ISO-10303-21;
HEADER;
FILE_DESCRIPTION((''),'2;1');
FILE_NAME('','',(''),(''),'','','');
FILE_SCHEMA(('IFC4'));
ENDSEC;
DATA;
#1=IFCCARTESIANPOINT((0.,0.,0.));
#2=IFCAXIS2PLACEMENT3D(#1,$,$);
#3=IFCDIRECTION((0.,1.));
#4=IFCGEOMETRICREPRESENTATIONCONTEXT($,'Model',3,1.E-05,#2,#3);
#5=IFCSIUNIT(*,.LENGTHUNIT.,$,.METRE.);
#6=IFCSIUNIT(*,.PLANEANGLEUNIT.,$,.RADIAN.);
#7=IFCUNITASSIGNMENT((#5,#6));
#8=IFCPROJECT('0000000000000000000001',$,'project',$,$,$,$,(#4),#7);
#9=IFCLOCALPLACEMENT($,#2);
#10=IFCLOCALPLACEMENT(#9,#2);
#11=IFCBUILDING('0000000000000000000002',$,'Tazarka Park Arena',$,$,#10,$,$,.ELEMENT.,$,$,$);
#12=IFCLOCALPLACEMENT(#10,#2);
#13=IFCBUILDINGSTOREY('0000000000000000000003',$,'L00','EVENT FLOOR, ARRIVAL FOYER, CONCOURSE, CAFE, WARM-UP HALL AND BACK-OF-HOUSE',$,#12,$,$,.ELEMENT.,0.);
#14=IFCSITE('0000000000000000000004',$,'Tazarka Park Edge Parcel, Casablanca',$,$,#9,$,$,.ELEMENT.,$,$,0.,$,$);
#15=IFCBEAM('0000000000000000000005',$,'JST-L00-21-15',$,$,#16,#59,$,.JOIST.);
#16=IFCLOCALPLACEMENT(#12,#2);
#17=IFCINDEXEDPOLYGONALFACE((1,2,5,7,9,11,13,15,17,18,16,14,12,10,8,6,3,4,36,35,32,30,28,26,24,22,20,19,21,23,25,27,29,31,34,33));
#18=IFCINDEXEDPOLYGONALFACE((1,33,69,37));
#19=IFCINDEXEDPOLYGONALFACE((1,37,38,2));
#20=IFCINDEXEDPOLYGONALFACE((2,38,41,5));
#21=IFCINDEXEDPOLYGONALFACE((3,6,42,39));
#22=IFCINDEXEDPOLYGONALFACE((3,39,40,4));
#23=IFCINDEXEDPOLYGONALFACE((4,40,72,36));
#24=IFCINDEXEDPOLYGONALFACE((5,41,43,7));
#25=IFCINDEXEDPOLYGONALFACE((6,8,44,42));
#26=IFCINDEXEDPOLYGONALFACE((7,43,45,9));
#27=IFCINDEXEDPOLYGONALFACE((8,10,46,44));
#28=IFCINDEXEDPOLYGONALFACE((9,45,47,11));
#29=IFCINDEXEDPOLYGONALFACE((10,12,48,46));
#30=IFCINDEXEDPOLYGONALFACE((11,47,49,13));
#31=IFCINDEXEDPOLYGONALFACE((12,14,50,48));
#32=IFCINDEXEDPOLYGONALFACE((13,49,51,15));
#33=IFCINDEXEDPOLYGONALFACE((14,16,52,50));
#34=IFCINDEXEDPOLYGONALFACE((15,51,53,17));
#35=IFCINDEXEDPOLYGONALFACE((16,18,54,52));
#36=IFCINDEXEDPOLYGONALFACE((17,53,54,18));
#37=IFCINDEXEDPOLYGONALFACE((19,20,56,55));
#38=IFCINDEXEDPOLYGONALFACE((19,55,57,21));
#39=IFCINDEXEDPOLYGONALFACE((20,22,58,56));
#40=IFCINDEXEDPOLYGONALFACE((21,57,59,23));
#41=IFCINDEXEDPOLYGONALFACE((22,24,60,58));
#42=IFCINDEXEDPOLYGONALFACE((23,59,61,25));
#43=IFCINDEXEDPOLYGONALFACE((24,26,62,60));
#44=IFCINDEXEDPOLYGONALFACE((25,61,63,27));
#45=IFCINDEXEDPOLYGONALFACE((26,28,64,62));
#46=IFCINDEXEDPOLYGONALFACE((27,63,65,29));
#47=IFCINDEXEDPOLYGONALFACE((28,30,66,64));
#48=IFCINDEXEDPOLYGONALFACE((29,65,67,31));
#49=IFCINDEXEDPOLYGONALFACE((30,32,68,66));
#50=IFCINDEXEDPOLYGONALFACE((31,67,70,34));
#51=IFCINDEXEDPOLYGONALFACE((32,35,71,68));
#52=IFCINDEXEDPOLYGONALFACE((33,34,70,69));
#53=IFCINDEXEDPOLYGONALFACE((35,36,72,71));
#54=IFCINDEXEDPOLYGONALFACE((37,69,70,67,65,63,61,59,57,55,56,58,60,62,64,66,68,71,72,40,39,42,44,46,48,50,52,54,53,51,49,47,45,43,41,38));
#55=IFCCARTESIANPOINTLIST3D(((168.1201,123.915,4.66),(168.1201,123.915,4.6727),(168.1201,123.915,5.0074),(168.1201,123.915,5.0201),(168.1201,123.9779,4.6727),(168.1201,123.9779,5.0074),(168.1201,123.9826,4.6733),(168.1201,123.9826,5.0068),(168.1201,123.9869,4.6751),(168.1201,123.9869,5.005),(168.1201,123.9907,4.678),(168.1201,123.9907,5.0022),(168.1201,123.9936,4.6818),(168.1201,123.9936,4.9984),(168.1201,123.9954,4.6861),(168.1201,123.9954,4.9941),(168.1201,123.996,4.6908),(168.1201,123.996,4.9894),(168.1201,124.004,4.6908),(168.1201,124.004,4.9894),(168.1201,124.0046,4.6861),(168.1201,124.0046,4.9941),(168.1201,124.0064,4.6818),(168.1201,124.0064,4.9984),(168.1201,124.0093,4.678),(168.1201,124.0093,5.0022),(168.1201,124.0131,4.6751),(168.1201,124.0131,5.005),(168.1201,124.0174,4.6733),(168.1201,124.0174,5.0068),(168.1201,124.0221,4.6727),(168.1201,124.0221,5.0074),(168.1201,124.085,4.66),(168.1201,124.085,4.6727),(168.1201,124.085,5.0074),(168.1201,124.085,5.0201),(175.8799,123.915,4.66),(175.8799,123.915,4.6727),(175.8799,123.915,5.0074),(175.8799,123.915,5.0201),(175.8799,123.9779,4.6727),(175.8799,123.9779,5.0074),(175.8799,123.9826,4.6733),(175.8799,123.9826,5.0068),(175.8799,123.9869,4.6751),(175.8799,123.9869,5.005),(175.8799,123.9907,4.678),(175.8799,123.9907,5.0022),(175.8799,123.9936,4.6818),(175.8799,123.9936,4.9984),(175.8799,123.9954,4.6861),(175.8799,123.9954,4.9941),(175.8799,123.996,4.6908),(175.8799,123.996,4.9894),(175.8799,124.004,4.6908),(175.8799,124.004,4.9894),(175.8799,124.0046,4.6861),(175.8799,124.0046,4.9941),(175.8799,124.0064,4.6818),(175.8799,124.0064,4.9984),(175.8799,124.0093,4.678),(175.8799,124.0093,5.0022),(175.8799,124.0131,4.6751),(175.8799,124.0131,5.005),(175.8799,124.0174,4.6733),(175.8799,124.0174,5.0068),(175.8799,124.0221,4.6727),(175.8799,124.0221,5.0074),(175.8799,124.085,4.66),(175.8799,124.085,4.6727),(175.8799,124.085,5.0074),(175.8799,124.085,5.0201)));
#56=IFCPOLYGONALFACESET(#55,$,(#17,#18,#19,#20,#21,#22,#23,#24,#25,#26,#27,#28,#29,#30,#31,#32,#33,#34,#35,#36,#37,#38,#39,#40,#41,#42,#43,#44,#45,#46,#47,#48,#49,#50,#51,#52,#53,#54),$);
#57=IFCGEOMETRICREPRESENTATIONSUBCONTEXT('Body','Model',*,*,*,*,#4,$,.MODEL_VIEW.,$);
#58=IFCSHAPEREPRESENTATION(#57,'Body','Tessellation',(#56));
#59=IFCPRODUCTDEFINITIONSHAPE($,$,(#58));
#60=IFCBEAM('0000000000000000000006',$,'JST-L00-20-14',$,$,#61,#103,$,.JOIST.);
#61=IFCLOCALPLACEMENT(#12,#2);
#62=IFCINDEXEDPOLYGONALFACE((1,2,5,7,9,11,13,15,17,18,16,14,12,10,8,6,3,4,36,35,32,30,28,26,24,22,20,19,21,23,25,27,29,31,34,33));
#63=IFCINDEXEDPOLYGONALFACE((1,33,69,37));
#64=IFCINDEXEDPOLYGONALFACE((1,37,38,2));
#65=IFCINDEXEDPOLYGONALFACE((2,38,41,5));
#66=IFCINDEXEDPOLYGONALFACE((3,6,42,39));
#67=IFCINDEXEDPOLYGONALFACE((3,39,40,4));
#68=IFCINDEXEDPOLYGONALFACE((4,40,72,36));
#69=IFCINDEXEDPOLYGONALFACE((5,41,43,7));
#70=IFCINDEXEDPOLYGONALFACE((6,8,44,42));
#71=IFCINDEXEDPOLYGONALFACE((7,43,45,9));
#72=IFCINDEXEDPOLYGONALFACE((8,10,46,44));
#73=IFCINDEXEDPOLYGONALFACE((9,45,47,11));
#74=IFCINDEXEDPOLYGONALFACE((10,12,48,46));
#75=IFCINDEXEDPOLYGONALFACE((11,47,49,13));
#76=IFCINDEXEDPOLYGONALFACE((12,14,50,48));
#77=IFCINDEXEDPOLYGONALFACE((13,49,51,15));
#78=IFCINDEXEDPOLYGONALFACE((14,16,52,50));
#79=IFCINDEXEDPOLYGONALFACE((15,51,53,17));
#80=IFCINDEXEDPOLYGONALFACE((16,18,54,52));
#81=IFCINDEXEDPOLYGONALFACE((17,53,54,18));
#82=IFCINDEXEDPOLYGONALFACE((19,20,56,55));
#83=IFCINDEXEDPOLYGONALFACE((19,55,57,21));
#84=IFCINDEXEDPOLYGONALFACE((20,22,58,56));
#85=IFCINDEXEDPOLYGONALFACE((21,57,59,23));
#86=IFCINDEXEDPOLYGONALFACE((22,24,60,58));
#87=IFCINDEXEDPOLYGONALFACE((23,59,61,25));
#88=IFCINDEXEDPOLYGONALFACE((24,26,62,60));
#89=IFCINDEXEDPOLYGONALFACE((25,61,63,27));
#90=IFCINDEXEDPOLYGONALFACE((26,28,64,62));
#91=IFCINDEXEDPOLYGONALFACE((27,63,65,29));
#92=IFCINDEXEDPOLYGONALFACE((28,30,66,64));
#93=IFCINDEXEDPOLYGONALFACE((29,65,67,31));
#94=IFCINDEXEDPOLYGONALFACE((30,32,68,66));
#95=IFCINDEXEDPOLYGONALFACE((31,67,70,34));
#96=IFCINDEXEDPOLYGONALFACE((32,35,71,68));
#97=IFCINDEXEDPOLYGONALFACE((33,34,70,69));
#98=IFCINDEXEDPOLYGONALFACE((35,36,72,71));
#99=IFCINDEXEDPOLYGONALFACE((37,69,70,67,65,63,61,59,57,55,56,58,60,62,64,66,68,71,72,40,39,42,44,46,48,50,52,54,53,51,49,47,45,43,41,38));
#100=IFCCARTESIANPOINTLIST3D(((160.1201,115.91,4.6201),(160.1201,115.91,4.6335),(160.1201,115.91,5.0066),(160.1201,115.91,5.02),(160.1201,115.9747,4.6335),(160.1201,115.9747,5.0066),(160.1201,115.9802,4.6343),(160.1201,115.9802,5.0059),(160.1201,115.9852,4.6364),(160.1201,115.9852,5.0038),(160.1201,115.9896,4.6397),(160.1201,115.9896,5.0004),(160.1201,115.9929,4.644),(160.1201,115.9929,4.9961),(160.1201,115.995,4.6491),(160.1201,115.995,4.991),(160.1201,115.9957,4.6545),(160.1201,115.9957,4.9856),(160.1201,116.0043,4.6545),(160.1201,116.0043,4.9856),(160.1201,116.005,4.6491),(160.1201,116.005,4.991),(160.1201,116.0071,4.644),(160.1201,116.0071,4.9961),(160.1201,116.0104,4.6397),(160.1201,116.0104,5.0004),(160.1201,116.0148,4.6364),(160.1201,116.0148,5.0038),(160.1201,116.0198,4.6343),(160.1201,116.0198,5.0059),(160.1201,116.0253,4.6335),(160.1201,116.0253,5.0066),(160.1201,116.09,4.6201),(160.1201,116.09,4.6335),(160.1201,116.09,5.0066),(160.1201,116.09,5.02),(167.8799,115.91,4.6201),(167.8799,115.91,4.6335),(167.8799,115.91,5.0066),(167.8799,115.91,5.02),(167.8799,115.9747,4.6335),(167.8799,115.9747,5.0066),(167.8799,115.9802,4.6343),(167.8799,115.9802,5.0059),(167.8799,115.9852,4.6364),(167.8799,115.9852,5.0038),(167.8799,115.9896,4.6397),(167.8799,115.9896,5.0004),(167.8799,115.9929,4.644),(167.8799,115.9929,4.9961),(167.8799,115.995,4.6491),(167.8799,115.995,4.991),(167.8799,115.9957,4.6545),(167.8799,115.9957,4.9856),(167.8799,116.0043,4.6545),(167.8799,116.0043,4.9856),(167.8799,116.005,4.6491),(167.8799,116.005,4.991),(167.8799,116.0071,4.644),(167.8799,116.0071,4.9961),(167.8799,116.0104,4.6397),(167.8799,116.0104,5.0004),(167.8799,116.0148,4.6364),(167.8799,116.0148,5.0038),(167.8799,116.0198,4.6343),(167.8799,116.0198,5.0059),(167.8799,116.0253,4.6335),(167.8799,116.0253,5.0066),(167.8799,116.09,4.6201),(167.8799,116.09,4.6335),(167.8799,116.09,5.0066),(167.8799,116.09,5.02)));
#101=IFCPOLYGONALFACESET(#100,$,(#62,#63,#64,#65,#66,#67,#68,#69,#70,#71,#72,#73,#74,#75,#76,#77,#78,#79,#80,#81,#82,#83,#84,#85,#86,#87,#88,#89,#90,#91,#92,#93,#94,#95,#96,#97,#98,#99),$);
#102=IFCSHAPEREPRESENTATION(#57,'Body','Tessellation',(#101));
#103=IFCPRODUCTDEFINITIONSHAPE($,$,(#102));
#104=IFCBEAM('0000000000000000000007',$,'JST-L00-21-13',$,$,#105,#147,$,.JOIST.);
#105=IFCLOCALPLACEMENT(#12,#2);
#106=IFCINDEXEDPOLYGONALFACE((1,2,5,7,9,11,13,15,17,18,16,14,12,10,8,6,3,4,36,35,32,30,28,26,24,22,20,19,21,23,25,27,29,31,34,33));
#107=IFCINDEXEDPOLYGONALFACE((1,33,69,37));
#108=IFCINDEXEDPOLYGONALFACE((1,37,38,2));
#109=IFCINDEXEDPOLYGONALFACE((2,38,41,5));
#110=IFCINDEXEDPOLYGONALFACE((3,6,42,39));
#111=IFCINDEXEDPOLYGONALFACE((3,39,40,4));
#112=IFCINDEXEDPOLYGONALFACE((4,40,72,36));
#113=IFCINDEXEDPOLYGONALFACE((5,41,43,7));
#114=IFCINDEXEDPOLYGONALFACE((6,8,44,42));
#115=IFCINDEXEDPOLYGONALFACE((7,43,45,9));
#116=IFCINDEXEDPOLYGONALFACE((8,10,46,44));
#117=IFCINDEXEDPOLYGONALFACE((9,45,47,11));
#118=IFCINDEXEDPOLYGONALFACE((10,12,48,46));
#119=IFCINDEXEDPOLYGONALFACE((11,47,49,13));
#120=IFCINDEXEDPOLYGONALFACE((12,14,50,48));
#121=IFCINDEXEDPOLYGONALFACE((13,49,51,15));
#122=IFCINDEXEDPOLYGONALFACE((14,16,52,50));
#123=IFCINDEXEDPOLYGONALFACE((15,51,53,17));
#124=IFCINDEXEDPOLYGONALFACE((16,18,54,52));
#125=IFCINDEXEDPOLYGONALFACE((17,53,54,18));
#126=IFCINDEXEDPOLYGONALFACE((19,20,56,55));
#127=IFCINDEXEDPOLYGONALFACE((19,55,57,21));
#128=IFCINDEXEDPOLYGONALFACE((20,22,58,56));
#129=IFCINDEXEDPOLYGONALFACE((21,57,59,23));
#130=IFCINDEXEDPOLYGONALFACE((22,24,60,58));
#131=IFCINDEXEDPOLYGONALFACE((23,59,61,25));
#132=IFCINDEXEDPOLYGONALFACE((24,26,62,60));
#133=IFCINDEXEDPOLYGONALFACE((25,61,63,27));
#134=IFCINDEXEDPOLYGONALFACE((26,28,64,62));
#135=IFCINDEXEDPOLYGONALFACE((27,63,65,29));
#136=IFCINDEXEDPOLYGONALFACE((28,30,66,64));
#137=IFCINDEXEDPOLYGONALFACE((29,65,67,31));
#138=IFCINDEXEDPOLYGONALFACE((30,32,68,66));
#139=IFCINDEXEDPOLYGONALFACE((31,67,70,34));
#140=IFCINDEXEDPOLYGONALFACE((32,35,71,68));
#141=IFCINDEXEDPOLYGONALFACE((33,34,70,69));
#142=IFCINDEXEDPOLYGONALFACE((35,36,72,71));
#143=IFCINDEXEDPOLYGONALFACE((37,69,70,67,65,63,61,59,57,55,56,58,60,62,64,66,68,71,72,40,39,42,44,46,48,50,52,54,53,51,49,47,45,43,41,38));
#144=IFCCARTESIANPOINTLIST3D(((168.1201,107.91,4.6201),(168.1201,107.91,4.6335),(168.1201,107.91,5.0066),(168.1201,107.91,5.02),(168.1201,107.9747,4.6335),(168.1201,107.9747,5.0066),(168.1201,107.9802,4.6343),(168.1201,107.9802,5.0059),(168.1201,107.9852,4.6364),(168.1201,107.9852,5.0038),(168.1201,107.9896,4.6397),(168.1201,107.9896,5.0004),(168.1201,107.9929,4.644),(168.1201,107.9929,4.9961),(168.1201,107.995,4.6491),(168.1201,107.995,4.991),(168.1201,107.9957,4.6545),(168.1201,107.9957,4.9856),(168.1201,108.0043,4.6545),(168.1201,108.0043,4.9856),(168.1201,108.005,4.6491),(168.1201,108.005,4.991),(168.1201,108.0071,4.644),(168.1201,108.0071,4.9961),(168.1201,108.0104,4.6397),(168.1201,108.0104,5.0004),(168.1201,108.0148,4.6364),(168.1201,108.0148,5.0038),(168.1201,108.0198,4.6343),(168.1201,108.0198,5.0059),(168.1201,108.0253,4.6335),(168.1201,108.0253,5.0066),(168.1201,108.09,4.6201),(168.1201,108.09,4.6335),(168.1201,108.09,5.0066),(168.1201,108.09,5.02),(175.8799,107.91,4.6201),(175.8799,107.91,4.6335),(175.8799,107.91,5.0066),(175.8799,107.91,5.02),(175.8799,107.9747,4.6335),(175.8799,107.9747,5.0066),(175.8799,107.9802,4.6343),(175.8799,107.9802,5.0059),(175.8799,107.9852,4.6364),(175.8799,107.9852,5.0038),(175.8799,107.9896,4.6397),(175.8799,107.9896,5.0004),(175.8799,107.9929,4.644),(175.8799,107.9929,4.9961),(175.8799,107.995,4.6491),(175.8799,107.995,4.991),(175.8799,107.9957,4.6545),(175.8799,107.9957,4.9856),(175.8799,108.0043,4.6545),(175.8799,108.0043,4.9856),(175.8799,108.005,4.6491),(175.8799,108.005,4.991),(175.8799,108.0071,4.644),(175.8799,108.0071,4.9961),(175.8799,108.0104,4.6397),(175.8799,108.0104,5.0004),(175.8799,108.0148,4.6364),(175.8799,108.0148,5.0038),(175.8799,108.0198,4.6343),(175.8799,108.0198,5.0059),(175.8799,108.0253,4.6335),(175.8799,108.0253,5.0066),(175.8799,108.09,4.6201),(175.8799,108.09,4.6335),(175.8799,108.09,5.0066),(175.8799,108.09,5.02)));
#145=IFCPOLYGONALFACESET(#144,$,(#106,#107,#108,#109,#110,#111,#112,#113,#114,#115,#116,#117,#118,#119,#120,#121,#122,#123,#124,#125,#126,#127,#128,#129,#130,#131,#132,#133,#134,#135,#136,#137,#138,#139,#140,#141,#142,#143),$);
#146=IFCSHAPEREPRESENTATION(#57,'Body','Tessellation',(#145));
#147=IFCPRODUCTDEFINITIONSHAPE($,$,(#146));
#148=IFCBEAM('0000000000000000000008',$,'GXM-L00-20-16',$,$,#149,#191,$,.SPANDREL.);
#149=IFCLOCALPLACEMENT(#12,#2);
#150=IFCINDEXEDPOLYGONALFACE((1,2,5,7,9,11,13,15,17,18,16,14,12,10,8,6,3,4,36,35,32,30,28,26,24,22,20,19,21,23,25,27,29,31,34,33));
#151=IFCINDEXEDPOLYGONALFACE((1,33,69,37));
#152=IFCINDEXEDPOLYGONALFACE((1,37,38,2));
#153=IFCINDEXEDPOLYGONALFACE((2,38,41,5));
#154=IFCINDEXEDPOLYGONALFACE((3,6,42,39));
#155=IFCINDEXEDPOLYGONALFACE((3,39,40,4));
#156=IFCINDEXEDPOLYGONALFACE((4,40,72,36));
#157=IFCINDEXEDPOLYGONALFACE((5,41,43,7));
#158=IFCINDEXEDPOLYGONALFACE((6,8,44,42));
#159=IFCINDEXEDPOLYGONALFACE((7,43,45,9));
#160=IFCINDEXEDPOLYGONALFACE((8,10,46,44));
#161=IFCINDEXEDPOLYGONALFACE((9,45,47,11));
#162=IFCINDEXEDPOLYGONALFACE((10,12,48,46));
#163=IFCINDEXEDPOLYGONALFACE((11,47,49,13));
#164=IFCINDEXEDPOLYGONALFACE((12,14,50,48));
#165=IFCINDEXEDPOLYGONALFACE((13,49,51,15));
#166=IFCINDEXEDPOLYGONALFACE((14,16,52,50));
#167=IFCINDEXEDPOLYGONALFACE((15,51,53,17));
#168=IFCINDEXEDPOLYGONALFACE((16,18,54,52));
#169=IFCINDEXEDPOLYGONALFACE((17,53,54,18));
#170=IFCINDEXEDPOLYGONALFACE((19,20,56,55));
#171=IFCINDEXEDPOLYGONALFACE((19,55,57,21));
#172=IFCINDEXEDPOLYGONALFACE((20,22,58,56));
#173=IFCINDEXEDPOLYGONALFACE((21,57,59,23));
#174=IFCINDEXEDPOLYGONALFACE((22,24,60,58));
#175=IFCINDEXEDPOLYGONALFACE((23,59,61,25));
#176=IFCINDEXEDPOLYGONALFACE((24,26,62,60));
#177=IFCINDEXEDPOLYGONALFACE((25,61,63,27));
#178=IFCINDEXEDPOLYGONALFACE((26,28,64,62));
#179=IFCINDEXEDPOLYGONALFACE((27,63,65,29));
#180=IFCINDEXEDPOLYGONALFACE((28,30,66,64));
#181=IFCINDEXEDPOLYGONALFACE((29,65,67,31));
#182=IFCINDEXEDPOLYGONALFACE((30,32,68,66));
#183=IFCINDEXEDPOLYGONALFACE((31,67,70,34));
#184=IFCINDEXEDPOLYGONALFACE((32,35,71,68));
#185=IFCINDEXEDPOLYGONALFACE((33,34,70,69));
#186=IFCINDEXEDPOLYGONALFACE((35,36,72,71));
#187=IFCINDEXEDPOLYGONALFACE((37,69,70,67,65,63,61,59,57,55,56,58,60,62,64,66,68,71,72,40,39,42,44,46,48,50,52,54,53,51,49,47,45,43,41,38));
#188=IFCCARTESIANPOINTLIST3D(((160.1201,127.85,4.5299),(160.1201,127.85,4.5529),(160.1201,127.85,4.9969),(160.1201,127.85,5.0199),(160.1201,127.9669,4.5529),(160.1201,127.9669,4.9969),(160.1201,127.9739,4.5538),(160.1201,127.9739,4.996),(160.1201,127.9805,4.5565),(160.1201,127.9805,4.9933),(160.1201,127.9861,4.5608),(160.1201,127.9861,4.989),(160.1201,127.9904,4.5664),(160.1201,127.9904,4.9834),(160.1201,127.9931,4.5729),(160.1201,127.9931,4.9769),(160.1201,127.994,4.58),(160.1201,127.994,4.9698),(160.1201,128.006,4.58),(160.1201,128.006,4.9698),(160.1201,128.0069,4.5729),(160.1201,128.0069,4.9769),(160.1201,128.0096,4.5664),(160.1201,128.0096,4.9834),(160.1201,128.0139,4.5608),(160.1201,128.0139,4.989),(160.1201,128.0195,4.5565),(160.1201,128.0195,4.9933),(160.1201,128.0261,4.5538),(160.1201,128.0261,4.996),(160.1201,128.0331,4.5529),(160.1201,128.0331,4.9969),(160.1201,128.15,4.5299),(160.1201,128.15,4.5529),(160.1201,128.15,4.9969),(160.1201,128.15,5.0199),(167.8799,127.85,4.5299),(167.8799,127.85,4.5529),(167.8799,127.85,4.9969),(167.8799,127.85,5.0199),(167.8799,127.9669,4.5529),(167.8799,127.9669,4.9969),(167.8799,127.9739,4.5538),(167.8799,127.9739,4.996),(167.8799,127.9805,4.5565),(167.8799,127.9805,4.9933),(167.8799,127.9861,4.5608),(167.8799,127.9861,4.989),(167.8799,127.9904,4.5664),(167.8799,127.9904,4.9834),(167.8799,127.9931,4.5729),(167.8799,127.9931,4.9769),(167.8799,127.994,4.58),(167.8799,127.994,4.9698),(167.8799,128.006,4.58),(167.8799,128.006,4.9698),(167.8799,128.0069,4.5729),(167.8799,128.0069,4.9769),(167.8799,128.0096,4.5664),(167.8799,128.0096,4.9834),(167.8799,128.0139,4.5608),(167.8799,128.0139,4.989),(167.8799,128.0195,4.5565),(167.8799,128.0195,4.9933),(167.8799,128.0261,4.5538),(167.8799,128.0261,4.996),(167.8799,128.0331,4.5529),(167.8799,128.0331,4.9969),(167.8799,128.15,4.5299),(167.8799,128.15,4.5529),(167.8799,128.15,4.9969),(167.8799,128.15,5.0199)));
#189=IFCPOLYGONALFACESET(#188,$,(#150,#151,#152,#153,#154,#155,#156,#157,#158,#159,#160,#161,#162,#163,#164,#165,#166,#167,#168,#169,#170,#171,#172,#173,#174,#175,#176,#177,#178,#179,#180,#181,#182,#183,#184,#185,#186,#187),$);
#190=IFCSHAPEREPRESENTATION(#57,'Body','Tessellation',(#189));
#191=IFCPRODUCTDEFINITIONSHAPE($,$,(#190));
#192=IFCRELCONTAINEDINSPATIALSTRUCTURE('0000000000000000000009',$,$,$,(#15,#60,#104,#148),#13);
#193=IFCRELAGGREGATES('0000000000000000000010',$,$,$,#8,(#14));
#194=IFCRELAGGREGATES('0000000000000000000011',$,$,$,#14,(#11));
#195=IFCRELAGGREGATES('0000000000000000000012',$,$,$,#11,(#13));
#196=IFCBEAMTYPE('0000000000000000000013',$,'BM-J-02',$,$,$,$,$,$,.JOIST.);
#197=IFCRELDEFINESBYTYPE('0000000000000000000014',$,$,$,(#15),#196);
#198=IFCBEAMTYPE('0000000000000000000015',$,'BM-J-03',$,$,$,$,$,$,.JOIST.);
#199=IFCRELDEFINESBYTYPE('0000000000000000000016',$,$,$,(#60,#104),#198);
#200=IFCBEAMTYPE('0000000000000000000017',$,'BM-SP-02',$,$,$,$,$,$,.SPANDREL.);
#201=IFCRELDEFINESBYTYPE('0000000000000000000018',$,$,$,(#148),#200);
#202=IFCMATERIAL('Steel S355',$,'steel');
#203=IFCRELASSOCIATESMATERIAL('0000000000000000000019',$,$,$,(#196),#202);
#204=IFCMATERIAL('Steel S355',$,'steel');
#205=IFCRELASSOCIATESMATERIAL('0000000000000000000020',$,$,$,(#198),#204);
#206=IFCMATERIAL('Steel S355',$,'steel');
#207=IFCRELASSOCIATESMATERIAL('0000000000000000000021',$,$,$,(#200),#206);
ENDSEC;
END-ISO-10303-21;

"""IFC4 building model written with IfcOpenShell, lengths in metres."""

from ifc_helpers import new_model, si_unit, direction, frame, origin, origin_2d, place, context, subcontext, project, spatial, i_section, extrude, material, material_profile, profile_set, type_object, element, save


model = new_model("IFC4")

# Units and contexts
model_context = context("Model", 3, precision=1e-05, world=origin(), true_north=direction((0.0, 1.0)))
body_context = subcontext(model_context, "Body", "Model", "MODEL_VIEW")
ifc_project = project(units=[si_unit("LENGTHUNIT", "METRE"), si_unit("PLANEANGLEUNIT", "RADIAN")], contexts=[model_context])

# Site, building, storey
site_placement = place(None, origin())
site = spatial("IfcSite", under=ifc_project, at=site_placement, Name="Tazarka Park Edge Parcel, Casablanca", CompositionType="ELEMENT", RefElevation=0.0)
building_placement = place(site_placement, origin())
building = spatial("IfcBuilding", under=site, at=building_placement, Name="Tazarka Park Arena", CompositionType="ELEMENT")
storey_placement = place(building_placement, origin())
storey = spatial("IfcBuildingStorey", under=building, at=storey_placement, Name="L00", Description="EVENT FLOOR, ARRIVAL FOYER, CONCOURSE, CAFE, WARM-UP HALL AND BACK-OF-HOUSE", CompositionType="ELEMENT", Elevation=0.0)

# Beams
ifc_material_1 = material(Name="Steel S355", Category="steel")
ifc_material_profile_1 = material_profile(ifc_material_1, i_section(OverallWidth=0.1699, OverallDepth=0.3601, WebThickness=0.0081, FlangeThickness=0.0127, FilletRadius=0.0181, at=origin_2d()), Name="Steel S355")
ifc_profile_set_1 = profile_set([ifc_material_profile_1], Name="Steel S355")
beam_type_1 = type_object("IfcBeamType", Name="BM-J-02", PredefinedType="JOIST", material=ifc_profile_set_1)
for number, where, z_axis, x_axis, name in (
    (1, (168.1201, 124.0, 4.8401), (1.0, 0.0, 0.0), (0.0, 1.0, 0.0), "JST-L00-21-15"),
):
    element("IfcBeam", number, at=place(storey_placement, frame(where, z_axis=z_axis, x_axis=x_axis)), inside=storey, type_object=beam_type_1, Name=name, PredefinedType="JOIST", context=body_context, shape_type="SweptSolid", body=[
        extrude(i_section(OverallWidth=0.1699, OverallDepth=0.3601, WebThickness=0.0081, FlangeThickness=0.0127, FilletRadius=0.0181, at=origin_2d()), origin(), (0.0, 0.0, 1.0), 7.7598),
    ])
ifc_material_2 = material(Name="Steel S355", Category="steel")
ifc_material_profile_2 = material_profile(ifc_material_2, i_section(OverallWidth=0.1799, OverallDepth=0.3999, WebThickness=0.0085, FlangeThickness=0.0134, FilletRadius=0.021, at=origin_2d()), Name="Steel S355")
ifc_profile_set_2 = profile_set([ifc_material_profile_2], Name="Steel S355")
beam_type_2 = type_object("IfcBeamType", Name="BM-J-03", PredefinedType="JOIST", material=ifc_profile_set_2)
for number, where, z_axis, x_axis, name in (
    (2, (160.1201, 116.0, 4.8201), (1.0, 0.0, 0.0), (0.0, 1.0, 0.0), "JST-L00-20-14"),
    (3, (168.1201, 108.0, 4.8201), (1.0, 0.0, 0.0), (0.0, 1.0, 0.0), "JST-L00-21-13"),
):
    element("IfcBeam", number, at=place(storey_placement, frame(where, z_axis=z_axis, x_axis=x_axis)), inside=storey, type_object=beam_type_2, Name=name, PredefinedType="JOIST", context=body_context, shape_type="SweptSolid", body=[
        extrude(i_section(OverallWidth=0.1799, OverallDepth=0.3999, WebThickness=0.0085, FlangeThickness=0.0134, FilletRadius=0.021, at=origin_2d()), origin(), (0.0, 0.0, 1.0), 7.7598),
    ])
ifc_material_3 = material(Name="Steel S355", Category="steel")
ifc_material_profile_3 = material_profile(ifc_material_3, i_section(OverallWidth=0.3, OverallDepth=0.49, WebThickness=0.012, FlangeThickness=0.0229, FilletRadius=0.0271, at=origin_2d()), Name="Steel S355")
ifc_profile_set_3 = profile_set([ifc_material_profile_3], Name="Steel S355")
beam_type_3 = type_object("IfcBeamType", Name="BM-SP-02", PredefinedType="SPANDREL", material=ifc_profile_set_3)
for number, where, z_axis, x_axis, name in (
    (4, (160.1201, 128.0, 4.7749), (1.0, 0.0, 0.0), (0.0, 1.0, 0.0), "GXM-L00-20-16"),
):
    element("IfcBeam", number, at=place(storey_placement, frame(where, z_axis=z_axis, x_axis=x_axis)), inside=storey, type_object=beam_type_3, Name=name, PredefinedType="SPANDREL", context=body_context, shape_type="SweptSolid", body=[
        extrude(i_section(OverallWidth=0.3, OverallDepth=0.49, WebThickness=0.012, FlangeThickness=0.0229, FilletRadius=0.0271, at=origin_2d()), origin(), (0.0, 0.0, 1.0), 7.7598),
    ])

save(model, "model.ifc")
